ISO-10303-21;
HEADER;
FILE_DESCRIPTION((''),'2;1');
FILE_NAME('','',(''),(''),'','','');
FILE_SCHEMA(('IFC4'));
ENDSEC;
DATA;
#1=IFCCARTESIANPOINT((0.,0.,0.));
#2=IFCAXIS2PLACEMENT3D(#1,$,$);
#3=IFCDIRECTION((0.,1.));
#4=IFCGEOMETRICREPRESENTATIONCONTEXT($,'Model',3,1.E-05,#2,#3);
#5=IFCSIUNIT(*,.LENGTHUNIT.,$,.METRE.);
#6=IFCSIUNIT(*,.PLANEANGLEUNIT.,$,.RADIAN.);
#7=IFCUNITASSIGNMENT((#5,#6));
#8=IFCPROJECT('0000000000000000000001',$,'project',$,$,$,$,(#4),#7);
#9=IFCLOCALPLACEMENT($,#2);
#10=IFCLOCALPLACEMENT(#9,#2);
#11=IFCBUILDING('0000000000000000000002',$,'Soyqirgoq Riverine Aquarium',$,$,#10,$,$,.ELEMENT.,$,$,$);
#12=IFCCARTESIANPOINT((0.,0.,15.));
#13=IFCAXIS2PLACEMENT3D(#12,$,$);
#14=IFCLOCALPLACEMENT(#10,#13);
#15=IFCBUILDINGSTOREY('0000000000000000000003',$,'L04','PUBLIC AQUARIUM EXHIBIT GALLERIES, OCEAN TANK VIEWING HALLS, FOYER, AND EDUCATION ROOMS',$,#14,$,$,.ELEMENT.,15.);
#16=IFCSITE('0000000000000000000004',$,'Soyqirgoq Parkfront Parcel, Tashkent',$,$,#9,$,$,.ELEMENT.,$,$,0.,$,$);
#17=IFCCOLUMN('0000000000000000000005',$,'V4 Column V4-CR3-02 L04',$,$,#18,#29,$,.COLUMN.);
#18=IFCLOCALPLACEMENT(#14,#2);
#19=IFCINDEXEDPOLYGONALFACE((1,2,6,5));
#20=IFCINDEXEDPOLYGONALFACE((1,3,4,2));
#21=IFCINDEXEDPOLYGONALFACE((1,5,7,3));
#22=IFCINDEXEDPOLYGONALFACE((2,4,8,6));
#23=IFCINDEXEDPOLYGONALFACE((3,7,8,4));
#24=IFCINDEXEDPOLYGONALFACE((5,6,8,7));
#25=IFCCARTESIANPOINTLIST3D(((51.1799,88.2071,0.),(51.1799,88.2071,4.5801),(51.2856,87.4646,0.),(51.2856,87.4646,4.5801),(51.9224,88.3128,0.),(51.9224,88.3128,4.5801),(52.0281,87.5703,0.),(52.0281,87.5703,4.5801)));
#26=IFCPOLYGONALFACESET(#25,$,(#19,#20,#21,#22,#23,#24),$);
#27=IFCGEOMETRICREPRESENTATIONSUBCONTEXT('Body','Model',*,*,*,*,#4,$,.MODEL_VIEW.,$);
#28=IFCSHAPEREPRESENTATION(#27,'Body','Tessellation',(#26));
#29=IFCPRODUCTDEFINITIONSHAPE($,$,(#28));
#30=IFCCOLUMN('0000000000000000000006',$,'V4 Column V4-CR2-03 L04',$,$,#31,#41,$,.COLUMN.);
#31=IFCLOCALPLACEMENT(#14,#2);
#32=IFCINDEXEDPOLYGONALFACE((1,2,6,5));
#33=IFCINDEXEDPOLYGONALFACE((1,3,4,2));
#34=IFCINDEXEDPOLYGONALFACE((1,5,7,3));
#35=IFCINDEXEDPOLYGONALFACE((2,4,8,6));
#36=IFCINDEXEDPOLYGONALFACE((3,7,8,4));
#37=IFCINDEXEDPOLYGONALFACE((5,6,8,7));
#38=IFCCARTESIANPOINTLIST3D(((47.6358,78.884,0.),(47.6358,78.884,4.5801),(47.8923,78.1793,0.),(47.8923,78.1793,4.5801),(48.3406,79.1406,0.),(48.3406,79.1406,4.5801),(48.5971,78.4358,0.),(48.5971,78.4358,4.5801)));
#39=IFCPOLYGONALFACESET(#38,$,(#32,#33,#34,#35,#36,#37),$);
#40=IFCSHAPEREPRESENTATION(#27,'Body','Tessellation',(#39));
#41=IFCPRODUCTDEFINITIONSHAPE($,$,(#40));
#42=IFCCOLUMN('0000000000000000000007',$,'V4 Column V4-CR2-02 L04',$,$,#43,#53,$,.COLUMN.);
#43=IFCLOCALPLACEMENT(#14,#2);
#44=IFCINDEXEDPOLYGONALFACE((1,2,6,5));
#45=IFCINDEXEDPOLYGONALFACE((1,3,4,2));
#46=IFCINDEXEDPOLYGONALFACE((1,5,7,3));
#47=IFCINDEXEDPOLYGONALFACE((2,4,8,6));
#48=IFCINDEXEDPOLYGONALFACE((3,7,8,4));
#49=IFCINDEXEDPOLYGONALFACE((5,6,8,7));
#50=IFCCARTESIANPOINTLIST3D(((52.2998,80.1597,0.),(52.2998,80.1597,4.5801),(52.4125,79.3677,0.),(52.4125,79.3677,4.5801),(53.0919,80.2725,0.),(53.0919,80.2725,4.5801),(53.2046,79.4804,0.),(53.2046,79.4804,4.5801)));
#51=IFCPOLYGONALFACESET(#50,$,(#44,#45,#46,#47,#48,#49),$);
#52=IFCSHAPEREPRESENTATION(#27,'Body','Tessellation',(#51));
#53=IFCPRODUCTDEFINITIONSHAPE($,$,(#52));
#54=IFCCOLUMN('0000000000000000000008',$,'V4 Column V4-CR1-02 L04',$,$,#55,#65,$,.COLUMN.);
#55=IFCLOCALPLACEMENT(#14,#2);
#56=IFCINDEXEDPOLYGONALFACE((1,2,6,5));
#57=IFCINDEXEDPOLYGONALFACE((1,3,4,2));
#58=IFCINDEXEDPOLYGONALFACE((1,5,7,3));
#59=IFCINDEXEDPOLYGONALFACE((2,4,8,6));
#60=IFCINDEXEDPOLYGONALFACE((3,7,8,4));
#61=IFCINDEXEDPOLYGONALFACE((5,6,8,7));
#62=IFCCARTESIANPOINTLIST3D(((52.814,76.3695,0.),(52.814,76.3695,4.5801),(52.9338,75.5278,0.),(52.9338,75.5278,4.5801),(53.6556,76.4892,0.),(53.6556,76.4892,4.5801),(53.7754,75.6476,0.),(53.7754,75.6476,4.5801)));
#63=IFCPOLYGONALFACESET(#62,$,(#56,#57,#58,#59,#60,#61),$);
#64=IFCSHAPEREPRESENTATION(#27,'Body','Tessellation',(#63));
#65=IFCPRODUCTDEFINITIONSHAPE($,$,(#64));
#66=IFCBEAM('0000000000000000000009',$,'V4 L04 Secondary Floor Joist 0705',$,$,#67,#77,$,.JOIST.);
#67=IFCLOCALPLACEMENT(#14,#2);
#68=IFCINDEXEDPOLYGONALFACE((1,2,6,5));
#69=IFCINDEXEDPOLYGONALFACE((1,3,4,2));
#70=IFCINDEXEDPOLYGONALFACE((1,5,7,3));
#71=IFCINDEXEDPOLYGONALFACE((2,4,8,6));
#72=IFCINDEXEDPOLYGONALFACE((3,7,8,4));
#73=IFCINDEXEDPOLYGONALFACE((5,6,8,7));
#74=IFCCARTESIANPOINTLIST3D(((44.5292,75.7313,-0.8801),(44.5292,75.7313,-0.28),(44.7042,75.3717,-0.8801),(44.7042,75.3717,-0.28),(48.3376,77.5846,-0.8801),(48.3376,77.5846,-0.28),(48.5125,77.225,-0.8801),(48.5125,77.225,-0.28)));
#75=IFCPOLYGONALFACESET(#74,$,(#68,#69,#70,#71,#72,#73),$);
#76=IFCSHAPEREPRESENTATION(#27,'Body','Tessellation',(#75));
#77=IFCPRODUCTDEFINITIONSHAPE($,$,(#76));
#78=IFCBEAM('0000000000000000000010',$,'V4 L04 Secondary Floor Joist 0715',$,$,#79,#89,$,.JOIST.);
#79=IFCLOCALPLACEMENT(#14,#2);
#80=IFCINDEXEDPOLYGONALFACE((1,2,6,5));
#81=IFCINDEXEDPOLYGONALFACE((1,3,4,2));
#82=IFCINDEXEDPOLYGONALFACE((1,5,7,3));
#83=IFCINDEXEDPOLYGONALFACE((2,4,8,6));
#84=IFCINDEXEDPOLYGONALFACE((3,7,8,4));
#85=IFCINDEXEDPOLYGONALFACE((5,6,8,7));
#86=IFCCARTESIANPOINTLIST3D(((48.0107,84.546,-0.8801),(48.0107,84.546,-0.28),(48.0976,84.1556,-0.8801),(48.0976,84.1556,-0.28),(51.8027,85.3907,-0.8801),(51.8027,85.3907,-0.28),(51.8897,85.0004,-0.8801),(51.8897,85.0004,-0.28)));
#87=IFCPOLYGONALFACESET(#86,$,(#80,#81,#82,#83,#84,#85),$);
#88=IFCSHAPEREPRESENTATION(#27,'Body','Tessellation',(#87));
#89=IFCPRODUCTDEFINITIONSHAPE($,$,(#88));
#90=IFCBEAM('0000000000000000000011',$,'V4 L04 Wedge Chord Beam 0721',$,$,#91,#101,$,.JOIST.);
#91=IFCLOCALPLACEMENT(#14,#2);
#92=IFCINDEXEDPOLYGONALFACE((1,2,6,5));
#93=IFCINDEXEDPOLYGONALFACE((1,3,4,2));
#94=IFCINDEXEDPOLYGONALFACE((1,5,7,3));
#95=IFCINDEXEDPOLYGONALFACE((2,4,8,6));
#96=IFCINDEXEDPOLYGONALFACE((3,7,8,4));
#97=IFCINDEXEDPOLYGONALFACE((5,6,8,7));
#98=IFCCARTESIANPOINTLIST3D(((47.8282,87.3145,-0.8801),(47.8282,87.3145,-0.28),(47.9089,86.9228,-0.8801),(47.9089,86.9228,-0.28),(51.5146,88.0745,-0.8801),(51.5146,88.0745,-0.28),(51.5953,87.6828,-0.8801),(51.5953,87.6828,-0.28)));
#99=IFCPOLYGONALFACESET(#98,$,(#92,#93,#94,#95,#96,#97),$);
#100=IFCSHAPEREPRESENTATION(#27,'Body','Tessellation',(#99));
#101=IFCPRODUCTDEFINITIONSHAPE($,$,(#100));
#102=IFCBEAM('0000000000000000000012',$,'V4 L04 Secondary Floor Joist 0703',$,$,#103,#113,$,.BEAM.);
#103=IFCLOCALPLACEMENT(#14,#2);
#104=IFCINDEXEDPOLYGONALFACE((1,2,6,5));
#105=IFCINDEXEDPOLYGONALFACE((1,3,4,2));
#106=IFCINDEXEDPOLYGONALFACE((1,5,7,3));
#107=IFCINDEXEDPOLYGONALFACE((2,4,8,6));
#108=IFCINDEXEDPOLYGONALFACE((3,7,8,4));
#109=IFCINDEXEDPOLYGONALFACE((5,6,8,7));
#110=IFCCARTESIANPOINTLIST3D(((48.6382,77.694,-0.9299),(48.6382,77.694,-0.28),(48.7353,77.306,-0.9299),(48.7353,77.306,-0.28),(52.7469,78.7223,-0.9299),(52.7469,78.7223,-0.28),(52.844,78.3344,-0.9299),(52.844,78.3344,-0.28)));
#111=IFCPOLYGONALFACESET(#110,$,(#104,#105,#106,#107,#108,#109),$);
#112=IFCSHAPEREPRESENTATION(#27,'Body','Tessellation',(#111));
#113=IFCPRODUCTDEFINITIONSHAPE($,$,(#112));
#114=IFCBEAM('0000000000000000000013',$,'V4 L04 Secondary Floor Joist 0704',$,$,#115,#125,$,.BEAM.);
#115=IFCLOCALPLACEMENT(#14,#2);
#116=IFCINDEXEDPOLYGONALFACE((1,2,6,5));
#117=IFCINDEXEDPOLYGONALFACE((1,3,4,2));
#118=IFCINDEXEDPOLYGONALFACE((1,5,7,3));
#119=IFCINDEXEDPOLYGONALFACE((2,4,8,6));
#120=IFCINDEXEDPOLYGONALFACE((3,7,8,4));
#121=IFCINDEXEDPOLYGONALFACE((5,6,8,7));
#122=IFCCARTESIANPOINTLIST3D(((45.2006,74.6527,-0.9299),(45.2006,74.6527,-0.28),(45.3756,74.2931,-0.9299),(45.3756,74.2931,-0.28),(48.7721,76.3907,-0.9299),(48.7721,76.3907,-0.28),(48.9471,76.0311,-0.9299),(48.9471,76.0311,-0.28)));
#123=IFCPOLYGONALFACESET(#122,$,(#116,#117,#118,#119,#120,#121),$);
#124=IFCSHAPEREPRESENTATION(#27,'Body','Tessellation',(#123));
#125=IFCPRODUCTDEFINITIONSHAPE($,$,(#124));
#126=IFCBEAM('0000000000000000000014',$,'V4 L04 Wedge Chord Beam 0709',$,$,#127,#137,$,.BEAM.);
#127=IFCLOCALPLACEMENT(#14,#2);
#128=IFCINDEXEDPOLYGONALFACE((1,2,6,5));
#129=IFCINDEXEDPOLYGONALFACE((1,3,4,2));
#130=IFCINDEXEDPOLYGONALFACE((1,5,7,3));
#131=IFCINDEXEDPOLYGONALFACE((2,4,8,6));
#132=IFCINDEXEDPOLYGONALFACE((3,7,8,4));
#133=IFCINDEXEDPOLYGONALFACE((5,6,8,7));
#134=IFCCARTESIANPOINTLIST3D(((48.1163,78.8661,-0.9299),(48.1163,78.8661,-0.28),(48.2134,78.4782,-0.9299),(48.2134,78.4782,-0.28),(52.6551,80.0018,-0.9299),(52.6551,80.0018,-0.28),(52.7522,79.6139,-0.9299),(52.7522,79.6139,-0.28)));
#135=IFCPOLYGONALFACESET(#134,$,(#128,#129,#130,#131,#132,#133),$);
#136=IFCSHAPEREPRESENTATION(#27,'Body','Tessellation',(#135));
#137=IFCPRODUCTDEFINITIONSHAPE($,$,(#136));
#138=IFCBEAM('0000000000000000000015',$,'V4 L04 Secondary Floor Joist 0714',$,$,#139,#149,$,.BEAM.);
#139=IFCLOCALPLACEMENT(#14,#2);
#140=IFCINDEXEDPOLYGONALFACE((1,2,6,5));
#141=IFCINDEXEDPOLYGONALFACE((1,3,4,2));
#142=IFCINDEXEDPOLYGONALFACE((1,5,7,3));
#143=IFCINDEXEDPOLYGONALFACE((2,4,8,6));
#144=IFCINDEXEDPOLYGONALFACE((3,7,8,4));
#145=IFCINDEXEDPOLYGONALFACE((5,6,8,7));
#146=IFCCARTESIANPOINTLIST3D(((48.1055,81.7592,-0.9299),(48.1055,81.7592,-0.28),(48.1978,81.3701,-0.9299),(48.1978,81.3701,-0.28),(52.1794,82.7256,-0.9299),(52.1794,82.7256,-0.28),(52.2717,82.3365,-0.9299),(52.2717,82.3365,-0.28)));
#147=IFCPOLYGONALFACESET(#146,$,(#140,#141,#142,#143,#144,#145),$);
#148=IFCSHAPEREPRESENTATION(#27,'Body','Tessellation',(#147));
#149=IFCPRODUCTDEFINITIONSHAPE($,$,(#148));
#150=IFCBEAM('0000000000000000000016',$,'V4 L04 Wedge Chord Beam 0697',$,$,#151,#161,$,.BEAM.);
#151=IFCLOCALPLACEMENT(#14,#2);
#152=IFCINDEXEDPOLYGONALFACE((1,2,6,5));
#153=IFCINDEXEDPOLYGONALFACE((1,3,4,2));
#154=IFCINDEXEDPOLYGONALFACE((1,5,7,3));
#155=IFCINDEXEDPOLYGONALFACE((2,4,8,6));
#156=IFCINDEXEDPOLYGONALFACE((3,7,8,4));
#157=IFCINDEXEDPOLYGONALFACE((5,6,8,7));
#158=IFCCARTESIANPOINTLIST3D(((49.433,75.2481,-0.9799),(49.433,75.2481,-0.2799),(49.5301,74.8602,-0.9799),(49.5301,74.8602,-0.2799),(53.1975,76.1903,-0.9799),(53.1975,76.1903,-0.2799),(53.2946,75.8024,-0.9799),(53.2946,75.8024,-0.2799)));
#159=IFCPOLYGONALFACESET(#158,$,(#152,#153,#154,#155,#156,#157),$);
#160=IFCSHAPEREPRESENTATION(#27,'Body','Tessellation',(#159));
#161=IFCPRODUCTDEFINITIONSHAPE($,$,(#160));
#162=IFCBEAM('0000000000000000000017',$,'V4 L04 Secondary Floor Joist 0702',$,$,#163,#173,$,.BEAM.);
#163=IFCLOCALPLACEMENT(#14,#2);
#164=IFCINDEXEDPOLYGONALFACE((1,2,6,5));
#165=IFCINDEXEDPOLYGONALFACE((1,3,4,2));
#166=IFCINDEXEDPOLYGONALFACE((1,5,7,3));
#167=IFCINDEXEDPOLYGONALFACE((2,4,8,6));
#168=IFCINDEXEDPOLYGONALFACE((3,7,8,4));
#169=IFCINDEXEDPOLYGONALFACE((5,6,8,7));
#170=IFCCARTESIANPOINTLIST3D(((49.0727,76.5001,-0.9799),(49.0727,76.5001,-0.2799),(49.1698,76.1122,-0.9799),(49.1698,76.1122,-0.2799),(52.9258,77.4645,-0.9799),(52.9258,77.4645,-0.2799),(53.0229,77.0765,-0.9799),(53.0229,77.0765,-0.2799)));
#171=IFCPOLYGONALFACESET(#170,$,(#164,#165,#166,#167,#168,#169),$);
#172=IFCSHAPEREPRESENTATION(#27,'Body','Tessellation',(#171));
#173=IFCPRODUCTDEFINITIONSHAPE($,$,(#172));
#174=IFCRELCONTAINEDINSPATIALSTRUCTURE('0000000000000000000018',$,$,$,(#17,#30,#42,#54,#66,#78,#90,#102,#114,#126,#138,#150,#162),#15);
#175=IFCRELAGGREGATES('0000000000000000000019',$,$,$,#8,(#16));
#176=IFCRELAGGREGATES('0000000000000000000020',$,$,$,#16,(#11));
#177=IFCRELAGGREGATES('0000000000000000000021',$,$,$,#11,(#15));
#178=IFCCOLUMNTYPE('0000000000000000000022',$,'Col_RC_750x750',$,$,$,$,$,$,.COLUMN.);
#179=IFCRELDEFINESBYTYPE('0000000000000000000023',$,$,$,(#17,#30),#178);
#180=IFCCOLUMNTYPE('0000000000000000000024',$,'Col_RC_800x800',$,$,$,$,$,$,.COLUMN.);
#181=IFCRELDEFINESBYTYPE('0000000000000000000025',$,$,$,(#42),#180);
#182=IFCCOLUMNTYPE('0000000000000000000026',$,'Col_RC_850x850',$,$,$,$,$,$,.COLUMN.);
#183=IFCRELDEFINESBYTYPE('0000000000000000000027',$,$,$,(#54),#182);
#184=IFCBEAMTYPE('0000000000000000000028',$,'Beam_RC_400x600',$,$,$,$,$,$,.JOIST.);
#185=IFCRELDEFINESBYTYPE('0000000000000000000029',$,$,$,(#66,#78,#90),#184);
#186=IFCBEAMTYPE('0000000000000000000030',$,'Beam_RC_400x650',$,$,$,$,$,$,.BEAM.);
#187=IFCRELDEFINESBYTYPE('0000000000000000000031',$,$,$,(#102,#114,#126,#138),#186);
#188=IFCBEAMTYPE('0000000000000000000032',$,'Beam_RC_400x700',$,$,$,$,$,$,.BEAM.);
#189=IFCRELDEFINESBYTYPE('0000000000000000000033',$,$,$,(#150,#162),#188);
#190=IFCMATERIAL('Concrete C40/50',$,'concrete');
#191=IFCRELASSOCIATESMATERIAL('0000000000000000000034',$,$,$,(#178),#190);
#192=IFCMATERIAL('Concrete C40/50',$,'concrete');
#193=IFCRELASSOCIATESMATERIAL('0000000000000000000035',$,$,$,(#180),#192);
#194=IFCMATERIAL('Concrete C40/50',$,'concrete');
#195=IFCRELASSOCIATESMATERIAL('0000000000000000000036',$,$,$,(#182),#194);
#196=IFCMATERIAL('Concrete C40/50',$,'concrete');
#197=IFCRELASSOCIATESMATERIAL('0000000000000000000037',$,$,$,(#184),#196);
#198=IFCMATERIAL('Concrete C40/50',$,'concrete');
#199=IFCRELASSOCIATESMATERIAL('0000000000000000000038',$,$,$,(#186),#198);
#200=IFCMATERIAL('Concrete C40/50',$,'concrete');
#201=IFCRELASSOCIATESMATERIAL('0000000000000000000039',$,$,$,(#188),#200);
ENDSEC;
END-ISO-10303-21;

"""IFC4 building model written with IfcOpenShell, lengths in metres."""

from ifc_helpers import new_model, si_unit, direction, frame, origin, origin_2d, place, context, subcontext, project, spatial, rectangle, extrude, material, material_profile, profile_set, type_object, element, save


model = new_model("IFC4")

# Units and contexts
model_context = context("Model", 3, precision=1e-05, world=origin(), true_north=direction((0.0, 1.0)))
body_context = subcontext(model_context, "Body", "Model", "MODEL_VIEW")
ifc_project = project(units=[si_unit("LENGTHUNIT", "METRE"), si_unit("PLANEANGLEUNIT", "RADIAN")], contexts=[model_context])

# Site, building, storey
site_placement = place(None, origin())
site = spatial("IfcSite", under=ifc_project, at=site_placement, Name="Soyqirgoq Parkfront Parcel, Tashkent", CompositionType="ELEMENT", RefElevation=0.0)
building_placement = place(site_placement, origin())
building = spatial("IfcBuilding", under=site, at=building_placement, Name="Soyqirgoq Riverine Aquarium", CompositionType="ELEMENT")
storey_placement = place(building_placement, frame((0.0, 0.0, 15.0)))
storey = spatial("IfcBuildingStorey", under=building, at=storey_placement, Name="L04", Description="PUBLIC AQUARIUM EXHIBIT GALLERIES, OCEAN TANK VIEWING HALLS, FOYER, AND EDUCATION ROOMS", CompositionType="ELEMENT", Elevation=15.0)

# Columns
ifc_material_1 = material(Name="Concrete C40/50", Category="concrete")
ifc_material_profile_1 = material_profile(ifc_material_1, rectangle(XDim=0.75, YDim=0.75, at=origin_2d()), Name="RC 750x750")
ifc_profile_set_1 = profile_set([ifc_material_profile_1], Name="Concrete C40/50")
column_type_1 = type_object("IfcColumnType", Name="Col_RC_750x750", PredefinedType="COLUMN", material=ifc_profile_set_1)
for number, where, z_axis, x_axis, name in (
    (1, (51.604, 87.8887, 0.0), (0.0, 0.0, 1.0), (-0.140901, 0.990024, 0.0), "V4 Column V4-CR3-02 L04"),
    (2, (48.1165, 78.6599, 0.0), (0.0, 0.0, 1.0), (-0.34202, 0.939693, 0.0), "V4 Column V4-CR2-03 L04"),
):
    element("IfcColumn", number, at=place(storey_placement, frame(where, z_axis=z_axis, x_axis=x_axis)), inside=storey, type_object=column_type_1, Name=name, PredefinedType="COLUMN", context=body_context, shape_type="SweptSolid", body=[
        extrude(rectangle(XDim=0.75, YDim=0.75, at=origin_2d()), origin(), (0.0, 0.0, 1.0), 4.5801),
    ])
ifc_material_2 = material(Name="Concrete C40/50", Category="concrete")
ifc_material_profile_2 = material_profile(ifc_material_2, rectangle(XDim=0.8, YDim=0.8, at=origin_2d()), Name="RC 800x800")
ifc_profile_set_2 = profile_set([ifc_material_profile_2], Name="Concrete C40/50")
column_type_2 = type_object("IfcColumnType", Name="Col_RC_800x800", PredefinedType="COLUMN", material=ifc_profile_set_2)
column_1_placement = place(storey_placement, frame((52.7522, 79.8201, 0.0), z_axis=(0.0, 0.0, 1.0), x_axis=(-0.140901, 0.990024, 0.0)))
element("IfcColumn", 3, at=column_1_placement, inside=storey, type_object=column_type_2, Name="V4 Column V4-CR2-02 L04", PredefinedType="COLUMN", context=body_context, shape_type="SweptSolid", body=[
    extrude(rectangle(XDim=0.8, YDim=0.8, at=origin_2d()), origin(), (0.0, 0.0, 1.0), 4.5801),
])
ifc_material_3 = material(Name="Concrete C40/50", Category="concrete")
ifc_material_profile_3 = material_profile(ifc_material_3, rectangle(XDim=0.8501, YDim=0.8501, at=origin_2d()), Name="RC 850x850")
ifc_profile_set_3 = profile_set([ifc_material_profile_3], Name="Concrete C40/50")
column_type_3 = type_object("IfcColumnType", Name="Col_RC_850x850", PredefinedType="COLUMN", material=ifc_profile_set_3)
column_2_placement = place(storey_placement, frame((53.2947, 76.0085, 0.0), z_axis=(0.0, 0.0, 1.0), x_axis=(-0.140901, 0.990024, 0.0)))
element("IfcColumn", 4, at=column_2_placement, inside=storey, type_object=column_type_3, Name="V4 Column V4-CR1-02 L04", PredefinedType="COLUMN", context=body_context, shape_type="SweptSolid", body=[
    extrude(rectangle(XDim=0.8501, YDim=0.8501, at=origin_2d()), origin(), (0.0, 0.0, 1.0), 4.5801),
])

# Beams
ifc_material_4 = material(Name="Concrete C40/50", Category="concrete")
ifc_material_profile_4 = material_profile(ifc_material_4, rectangle(XDim=0.3999, YDim=0.6001, at=origin_2d()), Name="RC 400x600")
ifc_profile_set_4 = profile_set([ifc_material_profile_4], Name="Concrete C40/50")
beam_type_1 = type_object("IfcBeamType", Name="Beam_RC_400x600", PredefinedType="JOIST", material=ifc_profile_set_4)
beam_1_placement = place(storey_placement, frame((48.425, 77.4048, -0.5801), z_axis=(-0.899183, -0.437573, 0.0), x_axis=(0.437573, -0.899183, 0.0)))
element("IfcBeam", 5, at=beam_1_placement, inside=storey, type_object=beam_type_1, Name="V4 L04 Secondary Floor Joist 0705", PredefinedType="JOIST", context=body_context, shape_type="SweptSolid", body=[
    extrude(rectangle(XDim=0.3999, YDim=0.6001, at=origin_2d()), origin(), (0.0, 0.0, 1.0), 4.2354),
])
beam_2_placement = place(storey_placement, frame((51.8462, 85.1956, -0.5801), z_axis=(-0.976075, -0.217436, 0.0), x_axis=(0.217436, -0.976075, 0.0)))
element("IfcBeam", 6, at=beam_2_placement, inside=storey, type_object=beam_type_1, Name="V4 L04 Secondary Floor Joist 0715", PredefinedType="JOIST", context=body_context, shape_type="SweptSolid", body=[
    extrude(rectangle(XDim=0.3999, YDim=0.6001, at=origin_2d()), origin(), (0.0, 0.0, 1.0), 3.885),
])
beam_3_placement = place(storey_placement, frame((51.5549, 87.8787, -0.5801), z_axis=(-0.979401, -0.201926, 0.0), x_axis=(0.201926, -0.979401, 0.0)))
element("IfcBeam", 7, at=beam_3_placement, inside=storey, type_object=beam_type_1, Name="V4 L04 Wedge Chord Beam 0721", PredefinedType="JOIST", context=body_context, shape_type="SweptSolid", body=[
    extrude(rectangle(XDim=0.3999, YDim=0.6001, at=origin_2d()), origin(), (0.0, 0.0, 1.0), 3.7639),
])
ifc_material_5 = material(Name="Concrete C40/50", Category="concrete")
ifc_material_profile_5 = material_profile(ifc_material_5, rectangle(XDim=0.3999, YDim=0.6499, at=origin_2d()), Name="RC 400x650")
ifc_profile_set_5 = profile_set([ifc_material_profile_5], Name="Concrete C40/50")
beam_type_2 = type_object("IfcBeamType", Name="Beam_RC_400x650", PredefinedType="BEAM", material=ifc_profile_set_5)
beam_4_placement = place(storey_placement, frame((52.7954, 78.5283, -0.605), z_axis=(-0.970078, -0.242793, 0.0), x_axis=(0.242793, -0.970078, 0.0)))
element("IfcBeam", 8, at=beam_4_placement, inside=storey, type_object=beam_type_2, Name="V4 L04 Secondary Floor Joist 0703", PredefinedType="BEAM", context=body_context, shape_type="SweptSolid", body=[
    extrude(rectangle(XDim=0.3999, YDim=0.6499, at=origin_2d()), origin(), (0.0, 0.0, 1.0), 4.2354),
])
beam_5_placement = place(storey_placement, frame((48.8596, 76.2109, -0.605), z_axis=(-0.899182, -0.437575, 0.0), x_axis=(0.437575, -0.899182, 0.0)))
element("IfcBeam", 9, at=beam_5_placement, inside=storey, type_object=beam_type_2, Name="V4 L04 Secondary Floor Joist 0704", PredefinedType="BEAM", context=body_context, shape_type="SweptSolid", body=[
    extrude(rectangle(XDim=0.3999, YDim=0.6499, at=origin_2d()), origin(), (0.0, 0.0, 1.0), 3.9719),
])
beam_6_placement = place(storey_placement, frame((52.7036, 79.8079, -0.605), z_axis=(-0.97009, -0.242744, 0.0), x_axis=(0.242744, -0.97009, 0.0)))
element("IfcBeam", 10, at=beam_6_placement, inside=storey, type_object=beam_type_2, Name="V4 L04 Wedge Chord Beam 0709", PredefinedType="BEAM", context=body_context, shape_type="SweptSolid", body=[
    extrude(rectangle(XDim=0.3999, YDim=0.6499, at=origin_2d()), origin(), (0.0, 0.0, 1.0), 4.6787),
])
beam_7_placement = place(storey_placement, frame((52.2256, 82.531, -0.605), z_axis=(-0.973004, -0.230787, 0.0), x_axis=(0.230787, -0.973004, 0.0)))
element("IfcBeam", 11, at=beam_7_placement, inside=storey, type_object=beam_type_2, Name="V4 L04 Secondary Floor Joist 0714", PredefinedType="BEAM", context=body_context, shape_type="SweptSolid", body=[
    extrude(rectangle(XDim=0.3999, YDim=0.6499, at=origin_2d()), origin(), (0.0, 0.0, 1.0), 4.187),
])
ifc_material_6 = material(Name="Concrete C40/50", Category="concrete")
ifc_material_profile_6 = material_profile(ifc_material_6, rectangle(XDim=0.3999, YDim=0.7, at=origin_2d()), Name="RC 400x700")
ifc_profile_set_6 = profile_set([ifc_material_profile_6], Name="Concrete C40/50")
beam_type_3 = type_object("IfcBeamType", Name="Beam_RC_400x700", PredefinedType="BEAM", material=ifc_profile_set_6)
beam_8_placement = place(storey_placement, frame((53.2461, 75.9963, -0.6299), z_axis=(-0.97008, -0.242787, 0.0), x_axis=(0.242787, -0.97008, 0.0)))
element("IfcBeam", 12, at=beam_8_placement, inside=storey, type_object=beam_type_3, Name="V4 L04 Wedge Chord Beam 0697", PredefinedType="BEAM", context=body_context, shape_type="SweptSolid", body=[
    extrude(rectangle(XDim=0.3999, YDim=0.7, at=origin_2d()), origin(), (0.0, 0.0, 1.0), 3.8806),
])
beam_9_placement = place(storey_placement, frame((52.9744, 77.2705, -0.6299), z_axis=(-0.970077, -0.242796, 0.0), x_axis=(0.242796, -0.970077, 0.0)))
element("IfcBeam", 13, at=beam_9_placement, inside=storey, type_object=beam_type_3, Name="V4 L04 Secondary Floor Joist 0702", PredefinedType="BEAM", context=body_context, shape_type="SweptSolid", body=[
    extrude(rectangle(XDim=0.3999, YDim=0.7, at=origin_2d()), origin(), (0.0, 0.0, 1.0), 3.9719),
])

save(model, "model.ifc")
